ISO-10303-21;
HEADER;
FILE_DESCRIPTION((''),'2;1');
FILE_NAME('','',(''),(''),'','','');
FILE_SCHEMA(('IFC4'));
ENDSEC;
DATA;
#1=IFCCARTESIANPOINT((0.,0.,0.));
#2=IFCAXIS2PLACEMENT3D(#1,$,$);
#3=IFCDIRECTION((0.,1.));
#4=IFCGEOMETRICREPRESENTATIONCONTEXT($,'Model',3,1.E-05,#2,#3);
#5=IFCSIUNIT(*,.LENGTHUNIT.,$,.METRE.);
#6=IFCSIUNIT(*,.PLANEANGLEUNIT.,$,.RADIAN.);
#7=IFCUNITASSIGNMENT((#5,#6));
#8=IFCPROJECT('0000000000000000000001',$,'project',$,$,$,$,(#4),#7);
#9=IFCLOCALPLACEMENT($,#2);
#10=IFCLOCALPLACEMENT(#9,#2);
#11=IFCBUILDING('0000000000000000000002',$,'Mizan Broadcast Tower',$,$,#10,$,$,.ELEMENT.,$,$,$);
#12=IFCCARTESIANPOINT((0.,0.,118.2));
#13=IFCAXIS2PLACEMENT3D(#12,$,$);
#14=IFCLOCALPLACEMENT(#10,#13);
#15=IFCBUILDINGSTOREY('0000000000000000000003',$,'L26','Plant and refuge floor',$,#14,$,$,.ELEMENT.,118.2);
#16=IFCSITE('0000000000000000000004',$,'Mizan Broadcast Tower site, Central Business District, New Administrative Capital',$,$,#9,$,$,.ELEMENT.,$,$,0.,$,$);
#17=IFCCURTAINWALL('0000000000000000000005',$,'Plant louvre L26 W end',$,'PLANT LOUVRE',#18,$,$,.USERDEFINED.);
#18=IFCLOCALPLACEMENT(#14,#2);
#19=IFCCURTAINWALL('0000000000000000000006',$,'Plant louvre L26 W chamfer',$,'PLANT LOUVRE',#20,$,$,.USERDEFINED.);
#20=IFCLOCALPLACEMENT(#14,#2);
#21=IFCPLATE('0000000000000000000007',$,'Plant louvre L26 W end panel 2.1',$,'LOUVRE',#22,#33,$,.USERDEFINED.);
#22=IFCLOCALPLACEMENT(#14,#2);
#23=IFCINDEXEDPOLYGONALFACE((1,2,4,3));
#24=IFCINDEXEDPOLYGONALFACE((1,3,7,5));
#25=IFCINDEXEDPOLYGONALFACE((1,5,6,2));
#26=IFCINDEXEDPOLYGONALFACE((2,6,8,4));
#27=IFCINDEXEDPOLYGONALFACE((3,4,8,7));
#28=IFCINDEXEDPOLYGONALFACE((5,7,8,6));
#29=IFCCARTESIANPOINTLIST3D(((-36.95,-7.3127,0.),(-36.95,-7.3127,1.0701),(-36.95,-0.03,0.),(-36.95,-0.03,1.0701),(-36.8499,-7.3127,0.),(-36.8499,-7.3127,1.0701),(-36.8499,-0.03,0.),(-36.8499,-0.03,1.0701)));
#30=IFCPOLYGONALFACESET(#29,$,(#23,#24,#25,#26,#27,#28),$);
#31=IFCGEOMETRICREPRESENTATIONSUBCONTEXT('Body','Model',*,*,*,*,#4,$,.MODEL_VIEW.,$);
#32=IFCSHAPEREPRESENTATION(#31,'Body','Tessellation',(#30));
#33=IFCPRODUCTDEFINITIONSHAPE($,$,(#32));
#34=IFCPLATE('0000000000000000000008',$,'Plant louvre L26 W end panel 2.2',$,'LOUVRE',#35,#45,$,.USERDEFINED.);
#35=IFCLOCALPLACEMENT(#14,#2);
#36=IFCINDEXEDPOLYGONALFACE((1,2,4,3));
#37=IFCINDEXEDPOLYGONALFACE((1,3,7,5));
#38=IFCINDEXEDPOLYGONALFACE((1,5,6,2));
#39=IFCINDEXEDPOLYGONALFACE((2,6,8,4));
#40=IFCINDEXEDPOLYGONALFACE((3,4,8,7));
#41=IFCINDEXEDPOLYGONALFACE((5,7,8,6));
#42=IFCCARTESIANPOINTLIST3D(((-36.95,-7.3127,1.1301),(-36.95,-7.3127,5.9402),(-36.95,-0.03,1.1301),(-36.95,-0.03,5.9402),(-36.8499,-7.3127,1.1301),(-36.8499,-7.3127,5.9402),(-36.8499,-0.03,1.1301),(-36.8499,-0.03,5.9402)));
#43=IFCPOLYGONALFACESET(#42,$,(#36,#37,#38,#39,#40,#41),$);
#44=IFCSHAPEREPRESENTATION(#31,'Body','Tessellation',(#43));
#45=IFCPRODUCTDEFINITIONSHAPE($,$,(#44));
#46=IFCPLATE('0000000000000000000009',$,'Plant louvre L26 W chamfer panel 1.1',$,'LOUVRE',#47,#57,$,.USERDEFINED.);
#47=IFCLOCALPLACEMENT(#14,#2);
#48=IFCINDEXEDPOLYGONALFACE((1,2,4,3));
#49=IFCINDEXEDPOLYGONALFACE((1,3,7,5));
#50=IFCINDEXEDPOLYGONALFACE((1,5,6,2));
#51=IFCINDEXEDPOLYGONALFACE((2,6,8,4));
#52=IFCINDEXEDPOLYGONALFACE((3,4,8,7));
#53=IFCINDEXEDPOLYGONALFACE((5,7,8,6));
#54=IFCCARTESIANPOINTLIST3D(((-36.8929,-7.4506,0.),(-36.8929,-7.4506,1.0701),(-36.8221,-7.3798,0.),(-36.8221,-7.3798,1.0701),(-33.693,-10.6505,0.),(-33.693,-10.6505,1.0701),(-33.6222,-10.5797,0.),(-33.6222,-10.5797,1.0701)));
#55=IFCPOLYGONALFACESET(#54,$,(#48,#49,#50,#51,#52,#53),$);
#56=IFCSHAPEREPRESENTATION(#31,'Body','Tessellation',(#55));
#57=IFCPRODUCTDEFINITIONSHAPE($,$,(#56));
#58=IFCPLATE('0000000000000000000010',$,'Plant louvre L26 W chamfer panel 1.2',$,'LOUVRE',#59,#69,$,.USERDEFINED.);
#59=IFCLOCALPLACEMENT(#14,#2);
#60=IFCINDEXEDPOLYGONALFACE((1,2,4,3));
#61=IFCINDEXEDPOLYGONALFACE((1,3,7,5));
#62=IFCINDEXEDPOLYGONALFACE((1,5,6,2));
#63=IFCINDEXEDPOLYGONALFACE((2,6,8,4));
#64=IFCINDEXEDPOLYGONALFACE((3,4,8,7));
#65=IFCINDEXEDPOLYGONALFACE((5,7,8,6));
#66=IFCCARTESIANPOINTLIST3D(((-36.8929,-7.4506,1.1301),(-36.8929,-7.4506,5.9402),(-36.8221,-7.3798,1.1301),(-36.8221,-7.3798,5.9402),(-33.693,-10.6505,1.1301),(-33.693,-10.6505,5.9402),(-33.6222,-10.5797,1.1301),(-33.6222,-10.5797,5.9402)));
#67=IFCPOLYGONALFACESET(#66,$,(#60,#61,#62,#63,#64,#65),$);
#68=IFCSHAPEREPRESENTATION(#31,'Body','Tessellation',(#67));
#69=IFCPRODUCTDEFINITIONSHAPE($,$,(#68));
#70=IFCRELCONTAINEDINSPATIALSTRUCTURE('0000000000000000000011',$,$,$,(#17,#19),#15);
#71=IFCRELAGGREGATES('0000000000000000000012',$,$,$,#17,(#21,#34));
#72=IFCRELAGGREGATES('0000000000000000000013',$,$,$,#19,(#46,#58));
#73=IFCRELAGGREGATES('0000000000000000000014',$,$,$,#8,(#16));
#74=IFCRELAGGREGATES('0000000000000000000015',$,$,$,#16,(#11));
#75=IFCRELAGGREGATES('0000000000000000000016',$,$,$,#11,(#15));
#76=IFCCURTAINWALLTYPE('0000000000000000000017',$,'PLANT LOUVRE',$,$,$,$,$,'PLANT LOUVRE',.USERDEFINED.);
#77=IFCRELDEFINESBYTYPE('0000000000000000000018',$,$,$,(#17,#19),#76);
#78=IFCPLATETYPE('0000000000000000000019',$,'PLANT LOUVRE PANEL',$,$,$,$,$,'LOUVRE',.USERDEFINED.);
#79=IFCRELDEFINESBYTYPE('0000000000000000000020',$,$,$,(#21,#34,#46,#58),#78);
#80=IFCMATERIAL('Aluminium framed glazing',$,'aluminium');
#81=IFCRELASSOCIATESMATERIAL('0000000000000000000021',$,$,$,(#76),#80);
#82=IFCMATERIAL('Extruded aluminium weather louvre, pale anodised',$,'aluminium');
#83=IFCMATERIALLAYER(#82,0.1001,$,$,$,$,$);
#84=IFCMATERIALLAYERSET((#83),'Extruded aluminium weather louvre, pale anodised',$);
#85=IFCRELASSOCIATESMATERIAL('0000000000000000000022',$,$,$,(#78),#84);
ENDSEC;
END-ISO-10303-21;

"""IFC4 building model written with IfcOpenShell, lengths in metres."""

from ifc_helpers import new_model, si_unit, direction, frame, origin, origin_2d, place, context, subcontext, project, spatial, rectangle, extrude, material, layer, layer_set, type_object, element, aggregate, save


model = new_model("IFC4")

# Units and contexts
model_context = context("Model", 3, precision=1e-05, world=origin(), true_north=direction((0.0, 1.0)))
body_context = subcontext(model_context, "Body", "Model", "MODEL_VIEW")
ifc_project = project(units=[si_unit("LENGTHUNIT", "METRE"), si_unit("PLANEANGLEUNIT", "RADIAN")], contexts=[model_context])

# Site, building, storey
site_placement = place(None, origin())
site = spatial("IfcSite", under=ifc_project, at=site_placement, Name="Mizan Broadcast Tower site, Central Business District, New Administrative Capital", CompositionType="ELEMENT", RefElevation=0.0)
building_placement = place(site_placement, origin())
building = spatial("IfcBuilding", under=site, at=building_placement, Name="Mizan Broadcast Tower", CompositionType="ELEMENT")
storey_placement = place(building_placement, frame((0.0, 0.0, 118.2)))
storey = spatial("IfcBuildingStorey", under=building, at=storey_placement, Name="L26", Description="Plant and refuge floor", CompositionType="ELEMENT", Elevation=118.2)

# Curtain wall
ifc_material_1 = material(Name="Aluminium framed glazing", Category="aluminium")
curtain_wall_type = type_object("IfcCurtainWallType", Name="PLANT LOUVRE", ElementType="PLANT LOUVRE", PredefinedType="USERDEFINED", material=ifc_material_1)
curtain_wall_1_placement = place(storey_placement, origin())
curtain_wall_1 = element("IfcCurtainWall", 1, at=curtain_wall_1_placement, inside=storey, type_object=curtain_wall_type, Name="Plant louvre L26 W end", ObjectType="PLANT LOUVRE", PredefinedType="USERDEFINED")

# Curtain wall
curtain_wall_2_placement = place(storey_placement, origin())
curtain_wall_2 = element("IfcCurtainWall", 2, at=curtain_wall_2_placement, inside=storey, type_object=curtain_wall_type, Name="Plant louvre L26 W chamfer", ObjectType="PLANT LOUVRE", PredefinedType="USERDEFINED")

# Plates
ifc_material_2 = material(Name="Extruded aluminium weather louvre, pale anodised", Category="aluminium")
ifc_layer = layer(ifc_material_2, 0.1001)
ifc_layer_set = layer_set([ifc_layer], Name="Extruded aluminium weather louvre, pale anodised")
plate_type = type_object("IfcPlateType", Name="PLANT LOUVRE PANEL", ElementType="LOUVRE", PredefinedType="USERDEFINED", material=ifc_layer_set)
plate_1_placement = place(storey_placement, frame((-36.8999, -3.6714, 0.0), z_axis=(0.0, 0.0, 1.0), x_axis=(0.0, -1.0, 0.0)))
plate_1 = element("IfcPlate", 3, at=plate_1_placement, type_object=plate_type, Name="Plant louvre L26 W end panel 2.1", ObjectType="LOUVRE", PredefinedType="USERDEFINED", context=body_context, shape_type="SweptSolid", body=[
    extrude(rectangle(XDim=7.2827, YDim=0.1001, at=origin_2d()), origin(), (0.0, 0.0, 1.0), 1.0701),
])
plate_2_placement = place(storey_placement, frame((-36.8999, -3.6714, 1.1301), z_axis=(0.0, 0.0, 1.0), x_axis=(0.0, -1.0, 0.0)))
plate_2 = element("IfcPlate", 4, at=plate_2_placement, type_object=plate_type, Name="Plant louvre L26 W end panel 2.2", ObjectType="LOUVRE", PredefinedType="USERDEFINED", context=body_context, shape_type="SweptSolid", body=[
    extrude(rectangle(XDim=7.2827, YDim=0.1001, at=origin_2d()), origin(), (0.0, 0.0, 1.0), 4.8101),
])
aggregate(curtain_wall_1, [plate_1, plate_2])
plate_3_placement = place(storey_placement, frame((-35.2576, -9.0151, 0.0), z_axis=(0.0, 0.0, 1.0), x_axis=(0.707107, -0.707107, 0.0)))
plate_3 = element("IfcPlate", 5, at=plate_3_placement, type_object=plate_type, Name="Plant louvre L26 W chamfer panel 1.1", ObjectType="LOUVRE", PredefinedType="USERDEFINED", context=body_context, shape_type="SweptSolid", body=[
    extrude(rectangle(XDim=4.5254, YDim=0.1001, at=origin_2d()), origin(), (0.0, 0.0, 1.0), 1.0701),
])
plate_4_placement = place(storey_placement, frame((-35.2576, -9.0151, 1.1301), z_axis=(0.0, 0.0, 1.0), x_axis=(0.707107, -0.707107, 0.0)))
plate_4 = element("IfcPlate", 6, at=plate_4_placement, type_object=plate_type, Name="Plant louvre L26 W chamfer panel 1.2", ObjectType="LOUVRE", PredefinedType="USERDEFINED", context=body_context, shape_type="SweptSolid", body=[
    extrude(rectangle(XDim=4.5254, YDim=0.1001, at=origin_2d()), origin(), (0.0, 0.0, 1.0), 4.8101),
])
aggregate(curtain_wall_2, [plate_3, plate_4])

save(model, "model.ifc")
